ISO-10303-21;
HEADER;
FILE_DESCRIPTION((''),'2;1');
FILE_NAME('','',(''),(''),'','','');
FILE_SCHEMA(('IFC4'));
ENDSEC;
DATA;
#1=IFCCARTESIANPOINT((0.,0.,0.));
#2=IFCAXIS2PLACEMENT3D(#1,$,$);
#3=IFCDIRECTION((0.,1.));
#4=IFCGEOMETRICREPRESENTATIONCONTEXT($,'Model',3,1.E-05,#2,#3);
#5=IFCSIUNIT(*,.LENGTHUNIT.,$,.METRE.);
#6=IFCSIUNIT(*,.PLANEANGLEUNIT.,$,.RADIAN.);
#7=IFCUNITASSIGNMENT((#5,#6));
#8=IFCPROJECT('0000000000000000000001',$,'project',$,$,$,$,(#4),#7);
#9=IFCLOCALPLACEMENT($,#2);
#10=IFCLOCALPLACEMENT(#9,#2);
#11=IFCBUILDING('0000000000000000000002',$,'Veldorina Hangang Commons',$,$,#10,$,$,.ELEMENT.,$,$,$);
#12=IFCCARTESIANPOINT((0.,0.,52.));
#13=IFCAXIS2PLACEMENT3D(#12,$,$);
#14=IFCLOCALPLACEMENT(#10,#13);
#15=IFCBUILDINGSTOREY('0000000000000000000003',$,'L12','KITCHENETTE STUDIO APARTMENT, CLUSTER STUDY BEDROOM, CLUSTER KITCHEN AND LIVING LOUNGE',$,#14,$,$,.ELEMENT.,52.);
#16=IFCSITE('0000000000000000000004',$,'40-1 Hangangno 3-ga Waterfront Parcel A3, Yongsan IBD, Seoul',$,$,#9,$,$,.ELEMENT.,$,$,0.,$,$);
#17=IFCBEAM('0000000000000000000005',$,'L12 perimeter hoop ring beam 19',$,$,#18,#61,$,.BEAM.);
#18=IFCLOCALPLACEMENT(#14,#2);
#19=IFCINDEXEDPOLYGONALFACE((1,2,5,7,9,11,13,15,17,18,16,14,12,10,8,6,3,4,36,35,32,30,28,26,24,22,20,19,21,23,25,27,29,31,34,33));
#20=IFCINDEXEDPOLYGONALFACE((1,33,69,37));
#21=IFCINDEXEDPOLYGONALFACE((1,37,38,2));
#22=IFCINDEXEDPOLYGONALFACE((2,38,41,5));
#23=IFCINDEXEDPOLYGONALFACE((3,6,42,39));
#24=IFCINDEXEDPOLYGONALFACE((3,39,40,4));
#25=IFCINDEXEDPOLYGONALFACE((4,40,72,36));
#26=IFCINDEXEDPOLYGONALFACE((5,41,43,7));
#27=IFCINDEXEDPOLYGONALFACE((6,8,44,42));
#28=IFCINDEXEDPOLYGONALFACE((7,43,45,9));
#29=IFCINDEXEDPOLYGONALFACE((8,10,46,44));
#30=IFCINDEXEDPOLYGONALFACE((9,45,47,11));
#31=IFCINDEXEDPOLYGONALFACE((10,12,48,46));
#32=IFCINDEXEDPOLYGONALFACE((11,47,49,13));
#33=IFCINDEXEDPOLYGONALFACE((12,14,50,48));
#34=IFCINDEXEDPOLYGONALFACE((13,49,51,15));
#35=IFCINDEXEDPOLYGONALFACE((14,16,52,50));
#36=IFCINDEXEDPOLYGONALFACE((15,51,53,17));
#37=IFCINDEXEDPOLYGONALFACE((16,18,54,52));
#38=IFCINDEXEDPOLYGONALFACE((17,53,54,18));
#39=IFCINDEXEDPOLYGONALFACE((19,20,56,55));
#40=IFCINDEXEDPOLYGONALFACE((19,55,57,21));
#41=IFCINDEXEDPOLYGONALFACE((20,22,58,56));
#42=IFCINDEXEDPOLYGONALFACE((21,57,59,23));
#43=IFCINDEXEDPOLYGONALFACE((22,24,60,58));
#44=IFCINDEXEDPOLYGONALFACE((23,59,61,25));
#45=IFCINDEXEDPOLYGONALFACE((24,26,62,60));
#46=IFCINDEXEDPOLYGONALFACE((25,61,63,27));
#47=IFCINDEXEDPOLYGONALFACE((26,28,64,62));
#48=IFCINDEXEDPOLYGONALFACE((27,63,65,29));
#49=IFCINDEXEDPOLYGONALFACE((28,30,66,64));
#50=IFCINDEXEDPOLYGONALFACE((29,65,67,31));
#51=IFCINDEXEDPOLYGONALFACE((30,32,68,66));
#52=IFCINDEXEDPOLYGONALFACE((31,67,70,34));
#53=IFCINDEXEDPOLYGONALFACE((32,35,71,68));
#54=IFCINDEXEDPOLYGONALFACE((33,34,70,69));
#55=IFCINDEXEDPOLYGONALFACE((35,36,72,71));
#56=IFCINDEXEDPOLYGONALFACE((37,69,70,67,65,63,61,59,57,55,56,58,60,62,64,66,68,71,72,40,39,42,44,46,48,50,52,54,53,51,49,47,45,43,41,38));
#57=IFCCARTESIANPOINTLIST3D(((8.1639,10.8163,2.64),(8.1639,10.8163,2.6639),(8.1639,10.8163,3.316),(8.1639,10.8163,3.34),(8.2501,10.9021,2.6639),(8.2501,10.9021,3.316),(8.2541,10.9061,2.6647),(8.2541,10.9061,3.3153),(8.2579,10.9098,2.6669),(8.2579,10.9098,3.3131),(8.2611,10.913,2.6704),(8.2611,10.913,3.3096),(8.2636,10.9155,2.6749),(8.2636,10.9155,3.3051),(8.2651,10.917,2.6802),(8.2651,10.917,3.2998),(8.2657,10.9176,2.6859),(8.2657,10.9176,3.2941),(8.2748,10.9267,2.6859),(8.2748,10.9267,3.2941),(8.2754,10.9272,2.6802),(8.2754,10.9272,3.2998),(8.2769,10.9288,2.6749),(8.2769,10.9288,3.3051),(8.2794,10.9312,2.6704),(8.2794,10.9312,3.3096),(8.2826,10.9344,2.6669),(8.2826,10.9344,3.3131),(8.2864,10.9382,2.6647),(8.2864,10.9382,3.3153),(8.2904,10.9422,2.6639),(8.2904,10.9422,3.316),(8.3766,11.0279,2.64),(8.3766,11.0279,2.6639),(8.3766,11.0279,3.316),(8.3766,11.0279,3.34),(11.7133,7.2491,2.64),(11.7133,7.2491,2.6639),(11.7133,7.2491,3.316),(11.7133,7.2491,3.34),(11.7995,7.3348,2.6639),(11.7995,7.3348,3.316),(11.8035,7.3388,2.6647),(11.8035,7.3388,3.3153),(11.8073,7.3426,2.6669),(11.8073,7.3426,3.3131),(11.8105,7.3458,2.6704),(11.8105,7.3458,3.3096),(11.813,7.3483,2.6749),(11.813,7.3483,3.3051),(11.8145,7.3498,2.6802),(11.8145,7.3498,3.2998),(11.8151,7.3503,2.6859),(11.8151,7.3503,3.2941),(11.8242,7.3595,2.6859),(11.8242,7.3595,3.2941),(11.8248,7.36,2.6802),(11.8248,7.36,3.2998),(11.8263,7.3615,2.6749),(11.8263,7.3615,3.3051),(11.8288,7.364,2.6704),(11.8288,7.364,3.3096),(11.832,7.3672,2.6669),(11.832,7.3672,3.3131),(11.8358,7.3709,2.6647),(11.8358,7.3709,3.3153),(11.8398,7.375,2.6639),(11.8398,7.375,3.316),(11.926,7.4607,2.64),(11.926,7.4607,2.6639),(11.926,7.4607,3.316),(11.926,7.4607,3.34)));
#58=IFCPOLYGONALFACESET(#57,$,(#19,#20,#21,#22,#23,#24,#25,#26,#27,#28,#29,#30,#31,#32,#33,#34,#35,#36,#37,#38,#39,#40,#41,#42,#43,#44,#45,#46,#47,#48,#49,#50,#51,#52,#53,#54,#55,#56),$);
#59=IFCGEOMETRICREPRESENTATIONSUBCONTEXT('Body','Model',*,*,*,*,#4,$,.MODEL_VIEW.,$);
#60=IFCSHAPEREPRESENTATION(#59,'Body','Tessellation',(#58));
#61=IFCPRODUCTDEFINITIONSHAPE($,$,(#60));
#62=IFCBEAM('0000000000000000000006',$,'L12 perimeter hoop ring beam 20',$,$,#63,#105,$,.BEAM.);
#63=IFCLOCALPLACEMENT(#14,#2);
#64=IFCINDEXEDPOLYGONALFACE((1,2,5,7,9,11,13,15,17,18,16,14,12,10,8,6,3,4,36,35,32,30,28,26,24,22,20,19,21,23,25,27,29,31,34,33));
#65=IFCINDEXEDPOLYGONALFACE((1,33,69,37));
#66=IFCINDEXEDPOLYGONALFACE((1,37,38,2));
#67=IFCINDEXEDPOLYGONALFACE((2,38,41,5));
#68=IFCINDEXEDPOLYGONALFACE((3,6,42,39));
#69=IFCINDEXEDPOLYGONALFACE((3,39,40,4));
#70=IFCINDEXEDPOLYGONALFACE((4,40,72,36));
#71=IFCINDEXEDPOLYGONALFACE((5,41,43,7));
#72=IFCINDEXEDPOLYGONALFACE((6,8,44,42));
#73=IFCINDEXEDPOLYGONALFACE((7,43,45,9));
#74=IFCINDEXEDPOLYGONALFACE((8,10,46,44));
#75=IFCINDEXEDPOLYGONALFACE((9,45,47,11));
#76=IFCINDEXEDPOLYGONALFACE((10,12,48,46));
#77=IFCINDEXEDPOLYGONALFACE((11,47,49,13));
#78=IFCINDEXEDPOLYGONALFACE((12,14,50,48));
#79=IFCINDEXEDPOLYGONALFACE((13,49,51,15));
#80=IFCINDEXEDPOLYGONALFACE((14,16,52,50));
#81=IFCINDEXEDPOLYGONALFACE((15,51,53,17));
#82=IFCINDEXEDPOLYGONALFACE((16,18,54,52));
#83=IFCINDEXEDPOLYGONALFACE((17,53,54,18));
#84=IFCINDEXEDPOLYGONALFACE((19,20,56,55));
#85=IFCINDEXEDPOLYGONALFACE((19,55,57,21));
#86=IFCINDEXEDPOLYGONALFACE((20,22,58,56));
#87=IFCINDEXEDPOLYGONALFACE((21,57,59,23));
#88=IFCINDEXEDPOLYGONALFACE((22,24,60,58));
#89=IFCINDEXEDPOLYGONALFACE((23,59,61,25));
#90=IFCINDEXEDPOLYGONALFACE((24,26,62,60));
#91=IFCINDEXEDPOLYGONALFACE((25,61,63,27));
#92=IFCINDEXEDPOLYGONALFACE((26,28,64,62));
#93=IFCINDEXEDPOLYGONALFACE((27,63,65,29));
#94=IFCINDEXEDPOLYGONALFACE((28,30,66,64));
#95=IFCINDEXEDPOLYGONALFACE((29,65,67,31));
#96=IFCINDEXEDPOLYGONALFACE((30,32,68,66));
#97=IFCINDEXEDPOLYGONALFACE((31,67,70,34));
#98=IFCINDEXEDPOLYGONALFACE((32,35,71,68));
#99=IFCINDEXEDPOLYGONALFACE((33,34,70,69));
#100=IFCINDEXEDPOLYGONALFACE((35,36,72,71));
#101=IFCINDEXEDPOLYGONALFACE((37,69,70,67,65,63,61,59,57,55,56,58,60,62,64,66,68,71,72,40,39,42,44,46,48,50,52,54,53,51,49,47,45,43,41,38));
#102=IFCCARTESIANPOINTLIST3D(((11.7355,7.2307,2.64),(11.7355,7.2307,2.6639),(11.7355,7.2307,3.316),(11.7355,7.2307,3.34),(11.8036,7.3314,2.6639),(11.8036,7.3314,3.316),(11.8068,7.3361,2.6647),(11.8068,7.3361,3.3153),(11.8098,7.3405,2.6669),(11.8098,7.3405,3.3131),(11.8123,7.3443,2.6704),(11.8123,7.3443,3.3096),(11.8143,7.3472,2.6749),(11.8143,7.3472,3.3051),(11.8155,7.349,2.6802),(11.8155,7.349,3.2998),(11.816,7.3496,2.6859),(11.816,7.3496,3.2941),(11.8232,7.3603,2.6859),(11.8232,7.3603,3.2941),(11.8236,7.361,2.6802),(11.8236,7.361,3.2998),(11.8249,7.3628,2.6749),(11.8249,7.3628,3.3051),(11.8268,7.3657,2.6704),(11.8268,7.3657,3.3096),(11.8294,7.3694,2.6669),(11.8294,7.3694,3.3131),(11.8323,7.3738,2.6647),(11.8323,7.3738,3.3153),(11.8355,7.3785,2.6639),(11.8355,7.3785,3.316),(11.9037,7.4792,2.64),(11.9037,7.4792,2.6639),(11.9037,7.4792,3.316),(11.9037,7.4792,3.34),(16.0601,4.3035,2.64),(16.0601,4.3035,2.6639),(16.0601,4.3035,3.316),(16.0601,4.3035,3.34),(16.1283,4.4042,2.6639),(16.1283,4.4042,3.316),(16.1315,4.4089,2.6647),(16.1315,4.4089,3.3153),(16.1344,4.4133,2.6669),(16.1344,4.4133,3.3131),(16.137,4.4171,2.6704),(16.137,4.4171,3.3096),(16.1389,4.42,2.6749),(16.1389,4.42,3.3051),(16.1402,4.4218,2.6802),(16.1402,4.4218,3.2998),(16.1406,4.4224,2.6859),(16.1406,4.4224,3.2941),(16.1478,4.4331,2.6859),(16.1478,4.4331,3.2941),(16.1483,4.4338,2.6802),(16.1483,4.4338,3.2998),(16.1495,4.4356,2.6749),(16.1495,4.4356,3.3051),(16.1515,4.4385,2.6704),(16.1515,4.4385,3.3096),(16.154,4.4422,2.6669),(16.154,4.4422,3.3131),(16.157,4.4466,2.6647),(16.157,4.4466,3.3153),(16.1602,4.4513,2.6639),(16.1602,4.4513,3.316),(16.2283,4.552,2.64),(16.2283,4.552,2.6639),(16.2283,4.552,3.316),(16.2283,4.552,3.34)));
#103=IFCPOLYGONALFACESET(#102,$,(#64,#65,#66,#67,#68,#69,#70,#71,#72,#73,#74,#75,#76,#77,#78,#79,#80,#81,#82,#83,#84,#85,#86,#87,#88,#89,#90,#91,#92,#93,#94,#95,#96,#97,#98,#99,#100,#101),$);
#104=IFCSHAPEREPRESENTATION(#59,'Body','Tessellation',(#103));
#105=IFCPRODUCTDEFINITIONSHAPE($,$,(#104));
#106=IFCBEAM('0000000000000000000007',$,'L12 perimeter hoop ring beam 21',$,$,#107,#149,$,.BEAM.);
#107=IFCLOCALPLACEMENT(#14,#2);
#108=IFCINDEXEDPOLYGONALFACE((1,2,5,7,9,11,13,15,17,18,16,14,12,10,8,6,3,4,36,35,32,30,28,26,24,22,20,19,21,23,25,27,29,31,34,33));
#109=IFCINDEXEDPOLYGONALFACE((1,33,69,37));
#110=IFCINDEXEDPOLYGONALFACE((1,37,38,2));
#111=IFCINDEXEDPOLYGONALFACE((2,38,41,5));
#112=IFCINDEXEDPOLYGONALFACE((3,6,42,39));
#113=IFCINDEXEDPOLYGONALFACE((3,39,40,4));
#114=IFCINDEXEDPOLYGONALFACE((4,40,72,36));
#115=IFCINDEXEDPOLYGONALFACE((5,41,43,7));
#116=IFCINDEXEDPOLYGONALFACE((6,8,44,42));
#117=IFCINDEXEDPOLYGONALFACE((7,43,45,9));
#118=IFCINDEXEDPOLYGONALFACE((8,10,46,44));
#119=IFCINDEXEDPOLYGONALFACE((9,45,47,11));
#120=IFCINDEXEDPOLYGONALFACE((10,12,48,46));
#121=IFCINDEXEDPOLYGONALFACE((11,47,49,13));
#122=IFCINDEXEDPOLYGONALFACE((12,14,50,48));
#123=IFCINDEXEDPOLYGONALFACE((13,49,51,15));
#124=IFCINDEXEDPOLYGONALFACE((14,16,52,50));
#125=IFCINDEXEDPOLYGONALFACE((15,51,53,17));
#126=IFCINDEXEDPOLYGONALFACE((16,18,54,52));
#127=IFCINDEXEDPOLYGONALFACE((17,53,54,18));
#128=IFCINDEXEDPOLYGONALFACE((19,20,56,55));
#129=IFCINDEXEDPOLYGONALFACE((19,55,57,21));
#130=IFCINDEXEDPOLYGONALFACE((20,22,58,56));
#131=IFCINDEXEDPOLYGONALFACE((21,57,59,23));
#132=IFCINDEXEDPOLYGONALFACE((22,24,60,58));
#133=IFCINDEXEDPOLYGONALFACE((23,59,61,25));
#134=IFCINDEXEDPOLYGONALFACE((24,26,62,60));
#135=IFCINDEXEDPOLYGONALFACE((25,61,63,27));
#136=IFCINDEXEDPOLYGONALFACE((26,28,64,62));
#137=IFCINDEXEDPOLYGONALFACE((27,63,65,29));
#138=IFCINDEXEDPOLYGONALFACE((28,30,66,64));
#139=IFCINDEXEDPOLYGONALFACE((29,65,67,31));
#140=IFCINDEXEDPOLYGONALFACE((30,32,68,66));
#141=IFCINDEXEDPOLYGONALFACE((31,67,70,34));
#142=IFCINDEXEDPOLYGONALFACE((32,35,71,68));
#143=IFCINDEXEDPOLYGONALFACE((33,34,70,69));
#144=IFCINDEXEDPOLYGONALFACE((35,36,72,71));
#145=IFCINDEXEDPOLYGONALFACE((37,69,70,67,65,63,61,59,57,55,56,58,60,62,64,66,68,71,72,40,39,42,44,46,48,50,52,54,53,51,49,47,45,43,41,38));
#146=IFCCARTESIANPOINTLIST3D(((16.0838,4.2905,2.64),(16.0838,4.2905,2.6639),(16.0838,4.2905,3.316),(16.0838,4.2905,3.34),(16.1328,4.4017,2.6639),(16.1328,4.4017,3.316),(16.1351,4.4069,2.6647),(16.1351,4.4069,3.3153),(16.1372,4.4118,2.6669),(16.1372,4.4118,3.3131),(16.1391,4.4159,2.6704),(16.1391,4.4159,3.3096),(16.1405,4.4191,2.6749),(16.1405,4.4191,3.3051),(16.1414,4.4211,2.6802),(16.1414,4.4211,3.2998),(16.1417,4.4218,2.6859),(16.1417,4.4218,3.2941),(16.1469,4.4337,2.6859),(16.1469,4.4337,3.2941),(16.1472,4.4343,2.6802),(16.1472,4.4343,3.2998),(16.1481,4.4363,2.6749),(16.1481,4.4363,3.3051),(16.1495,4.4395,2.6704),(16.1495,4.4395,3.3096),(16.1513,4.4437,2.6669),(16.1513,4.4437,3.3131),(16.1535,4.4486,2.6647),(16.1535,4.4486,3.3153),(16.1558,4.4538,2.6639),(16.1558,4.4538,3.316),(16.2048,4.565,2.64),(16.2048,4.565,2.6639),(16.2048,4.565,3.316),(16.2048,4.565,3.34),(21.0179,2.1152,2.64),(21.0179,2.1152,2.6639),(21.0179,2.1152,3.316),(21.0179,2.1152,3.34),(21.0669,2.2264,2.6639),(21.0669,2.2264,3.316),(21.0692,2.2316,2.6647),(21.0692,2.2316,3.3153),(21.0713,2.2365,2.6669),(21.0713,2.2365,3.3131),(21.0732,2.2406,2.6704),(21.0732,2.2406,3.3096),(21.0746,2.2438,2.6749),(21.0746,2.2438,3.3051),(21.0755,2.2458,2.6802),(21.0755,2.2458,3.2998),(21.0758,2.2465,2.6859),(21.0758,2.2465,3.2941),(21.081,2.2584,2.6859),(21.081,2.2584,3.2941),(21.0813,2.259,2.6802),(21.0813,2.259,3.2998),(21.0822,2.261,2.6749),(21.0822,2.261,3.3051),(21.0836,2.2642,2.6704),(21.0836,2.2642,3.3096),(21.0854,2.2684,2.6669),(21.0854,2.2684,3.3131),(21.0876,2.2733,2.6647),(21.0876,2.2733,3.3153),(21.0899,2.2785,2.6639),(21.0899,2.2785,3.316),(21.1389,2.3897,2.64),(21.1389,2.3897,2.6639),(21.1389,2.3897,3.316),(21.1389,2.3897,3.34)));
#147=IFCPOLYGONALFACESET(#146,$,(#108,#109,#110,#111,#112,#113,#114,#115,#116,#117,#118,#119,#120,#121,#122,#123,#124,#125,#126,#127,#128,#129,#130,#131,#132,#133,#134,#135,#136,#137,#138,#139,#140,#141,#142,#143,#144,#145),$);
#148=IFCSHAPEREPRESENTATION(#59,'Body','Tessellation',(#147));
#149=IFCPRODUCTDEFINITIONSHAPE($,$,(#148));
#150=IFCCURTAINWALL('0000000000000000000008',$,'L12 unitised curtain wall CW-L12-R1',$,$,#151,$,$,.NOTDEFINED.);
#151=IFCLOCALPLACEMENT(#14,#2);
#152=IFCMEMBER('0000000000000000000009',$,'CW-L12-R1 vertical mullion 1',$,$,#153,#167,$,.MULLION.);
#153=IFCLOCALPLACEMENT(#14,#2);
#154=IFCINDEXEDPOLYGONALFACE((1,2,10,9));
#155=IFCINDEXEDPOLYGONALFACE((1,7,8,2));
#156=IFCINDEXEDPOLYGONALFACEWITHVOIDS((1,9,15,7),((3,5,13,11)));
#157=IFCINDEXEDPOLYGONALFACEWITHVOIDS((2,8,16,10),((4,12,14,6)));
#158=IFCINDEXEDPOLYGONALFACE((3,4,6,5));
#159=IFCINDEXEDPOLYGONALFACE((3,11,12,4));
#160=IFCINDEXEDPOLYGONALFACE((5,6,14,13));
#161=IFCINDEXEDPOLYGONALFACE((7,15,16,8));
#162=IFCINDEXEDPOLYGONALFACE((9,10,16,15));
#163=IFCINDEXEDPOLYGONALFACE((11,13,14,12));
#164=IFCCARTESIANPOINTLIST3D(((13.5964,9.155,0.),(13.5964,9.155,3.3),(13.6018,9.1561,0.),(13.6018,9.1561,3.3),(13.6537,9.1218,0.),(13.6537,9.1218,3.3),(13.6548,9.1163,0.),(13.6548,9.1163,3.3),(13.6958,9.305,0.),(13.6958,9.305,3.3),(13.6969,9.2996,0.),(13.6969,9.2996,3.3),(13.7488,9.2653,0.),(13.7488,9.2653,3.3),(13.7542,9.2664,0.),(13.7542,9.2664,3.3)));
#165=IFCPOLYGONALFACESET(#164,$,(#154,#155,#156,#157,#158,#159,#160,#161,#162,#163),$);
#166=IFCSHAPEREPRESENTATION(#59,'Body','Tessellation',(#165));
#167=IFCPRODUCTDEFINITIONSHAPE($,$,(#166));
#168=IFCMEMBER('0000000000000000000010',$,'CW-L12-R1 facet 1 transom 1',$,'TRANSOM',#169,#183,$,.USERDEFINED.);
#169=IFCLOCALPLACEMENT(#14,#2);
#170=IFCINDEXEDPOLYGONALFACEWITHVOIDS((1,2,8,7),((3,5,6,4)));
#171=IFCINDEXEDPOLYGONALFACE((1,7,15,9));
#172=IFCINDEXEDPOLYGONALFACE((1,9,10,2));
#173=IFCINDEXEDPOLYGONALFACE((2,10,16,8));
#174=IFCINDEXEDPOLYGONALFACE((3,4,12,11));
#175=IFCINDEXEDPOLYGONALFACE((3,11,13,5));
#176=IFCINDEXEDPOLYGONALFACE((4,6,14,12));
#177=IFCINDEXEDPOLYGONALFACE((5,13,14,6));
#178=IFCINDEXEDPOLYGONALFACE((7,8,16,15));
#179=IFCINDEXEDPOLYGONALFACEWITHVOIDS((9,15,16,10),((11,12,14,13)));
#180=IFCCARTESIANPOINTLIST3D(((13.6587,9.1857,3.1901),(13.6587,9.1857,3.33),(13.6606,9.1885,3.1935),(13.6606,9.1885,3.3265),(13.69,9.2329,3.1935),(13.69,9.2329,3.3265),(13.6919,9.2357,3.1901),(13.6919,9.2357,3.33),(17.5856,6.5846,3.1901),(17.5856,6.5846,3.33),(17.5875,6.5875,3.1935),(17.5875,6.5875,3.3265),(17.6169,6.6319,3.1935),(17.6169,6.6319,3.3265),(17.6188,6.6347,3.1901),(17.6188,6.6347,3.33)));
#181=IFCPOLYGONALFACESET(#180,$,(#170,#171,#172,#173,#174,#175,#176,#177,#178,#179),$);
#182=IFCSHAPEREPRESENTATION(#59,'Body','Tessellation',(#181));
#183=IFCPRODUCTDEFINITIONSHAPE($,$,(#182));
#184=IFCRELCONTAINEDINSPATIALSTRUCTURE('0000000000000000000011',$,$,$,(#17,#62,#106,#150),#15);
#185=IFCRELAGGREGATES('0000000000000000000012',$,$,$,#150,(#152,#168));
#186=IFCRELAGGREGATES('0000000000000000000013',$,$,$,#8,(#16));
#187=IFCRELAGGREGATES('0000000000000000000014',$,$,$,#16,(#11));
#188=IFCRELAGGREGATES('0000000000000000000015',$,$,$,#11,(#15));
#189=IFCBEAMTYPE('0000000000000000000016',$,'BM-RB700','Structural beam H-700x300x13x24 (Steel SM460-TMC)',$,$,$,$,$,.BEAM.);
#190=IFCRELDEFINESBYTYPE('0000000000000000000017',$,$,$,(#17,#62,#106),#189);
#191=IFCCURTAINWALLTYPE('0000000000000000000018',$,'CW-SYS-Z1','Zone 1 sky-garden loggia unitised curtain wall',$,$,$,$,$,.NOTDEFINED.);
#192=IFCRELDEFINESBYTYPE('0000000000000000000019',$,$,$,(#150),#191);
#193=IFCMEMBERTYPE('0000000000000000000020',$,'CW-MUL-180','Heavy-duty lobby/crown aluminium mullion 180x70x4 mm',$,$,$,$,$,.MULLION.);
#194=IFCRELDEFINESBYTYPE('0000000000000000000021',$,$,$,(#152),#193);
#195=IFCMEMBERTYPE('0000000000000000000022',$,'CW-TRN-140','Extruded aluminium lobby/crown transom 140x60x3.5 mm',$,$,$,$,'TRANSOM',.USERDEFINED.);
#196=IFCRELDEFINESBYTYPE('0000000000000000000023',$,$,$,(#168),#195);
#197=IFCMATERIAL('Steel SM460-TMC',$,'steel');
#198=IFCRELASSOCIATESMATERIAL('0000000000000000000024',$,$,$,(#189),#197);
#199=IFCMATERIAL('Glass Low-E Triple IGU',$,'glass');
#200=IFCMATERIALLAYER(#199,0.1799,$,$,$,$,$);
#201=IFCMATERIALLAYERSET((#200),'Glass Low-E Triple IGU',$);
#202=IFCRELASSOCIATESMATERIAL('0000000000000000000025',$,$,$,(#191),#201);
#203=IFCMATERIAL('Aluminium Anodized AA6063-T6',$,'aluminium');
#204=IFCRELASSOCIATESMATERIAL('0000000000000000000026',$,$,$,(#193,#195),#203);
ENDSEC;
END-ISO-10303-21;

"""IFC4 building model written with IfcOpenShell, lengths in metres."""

from ifc_helpers import new_model, si_unit, direction, frame, origin, origin_2d, place, context, subcontext, project, spatial, hollow_rectangle, i_section, extrude, material, layer, layer_set, material_profile, profile_set, type_object, element, aggregate, save


model = new_model("IFC4")

# Units and contexts
model_context = context("Model", 3, precision=1e-05, world=origin(), true_north=direction((0.0, 1.0)))
body_context = subcontext(model_context, "Body", "Model", "MODEL_VIEW")
ifc_project = project(units=[si_unit("LENGTHUNIT", "METRE"), si_unit("PLANEANGLEUNIT", "RADIAN")], contexts=[model_context])

# Site, building, storey
site_placement = place(None, origin())
site = spatial("IfcSite", under=ifc_project, at=site_placement, Name="40-1 Hangangno 3-ga Waterfront Parcel A3, Yongsan IBD, Seoul", CompositionType="ELEMENT", RefElevation=0.0)
building_placement = place(site_placement, origin())
building = spatial("IfcBuilding", under=site, at=building_placement, Name="Veldorina Hangang Commons", CompositionType="ELEMENT")
storey_placement = place(building_placement, frame((0.0, 0.0, 52.0)))
storey = spatial("IfcBuildingStorey", under=building, at=storey_placement, Name="L12", Description="KITCHENETTE STUDIO APARTMENT, CLUSTER STUDY BEDROOM, CLUSTER KITCHEN AND LIVING LOUNGE", CompositionType="ELEMENT", Elevation=52.0)

# Beams
ifc_material_1 = material(Name="Steel SM460-TMC", Category="steel")
ifc_material_profile_1 = material_profile(ifc_material_1, i_section(OverallWidth=0.3, OverallDepth=0.7, WebThickness=0.0129, FlangeThickness=0.0239, FilletRadius=0.022, at=origin_2d()), Name="H-700x300x13x24")
ifc_profile_set_1 = profile_set([ifc_material_profile_1], Name="Steel SM460-TMC")
beam_type = type_object("IfcBeamType", Name="BM-RB700", Description="Structural beam H-700x300x13x24 (Steel SM460-TMC)", PredefinedType="BEAM", material=ifc_profile_set_1)
beam_1_placement = place(storey_placement, frame((8.2703, 10.9221, 2.99), z_axis=(0.705334, -0.708875, 0.0), x_axis=(0.708875, 0.705334, 0.0)))
element("IfcBeam", 1, at=beam_1_placement, inside=storey, type_object=beam_type, Name="L12 perimeter hoop ring beam 19", PredefinedType="BEAM", context=body_context, shape_type="SweptSolid", body=[
    extrude(i_section(OverallWidth=0.3, OverallDepth=0.7, WebThickness=0.0129, FlangeThickness=0.0239, FilletRadius=0.022, at=origin_2d()), origin(), (0.0, 0.0, 1.0), 5.0322),
])
beam_2_placement = place(storey_placement, frame((11.8196, 7.355, 2.99), z_axis=(0.828132, -0.560534, 0.0), x_axis=(0.560534, 0.828132, 0.0)))
element("IfcBeam", 2, at=beam_2_placement, inside=storey, type_object=beam_type, Name="L12 perimeter hoop ring beam 20", PredefinedType="BEAM", context=body_context, shape_type="SweptSolid", body=[
    extrude(i_section(OverallWidth=0.3, OverallDepth=0.7, WebThickness=0.0129, FlangeThickness=0.0239, FilletRadius=0.022, at=origin_2d()), origin(), (0.0, 0.0, 1.0), 5.2222),
])
beam_3_placement = place(storey_placement, frame((16.1443, 4.4277, 2.99), z_axis=(0.915021, -0.403406, 0.0), x_axis=(0.403406, 0.915021, 0.0)))
element("IfcBeam", 3, at=beam_3_placement, inside=storey, type_object=beam_type, Name="L12 perimeter hoop ring beam 21", PredefinedType="BEAM", context=body_context, shape_type="SweptSolid", body=[
    extrude(i_section(OverallWidth=0.3, OverallDepth=0.7, WebThickness=0.0129, FlangeThickness=0.0239, FilletRadius=0.022, at=origin_2d()), origin(), (0.0, 0.0, 1.0), 5.3923),
])

# Curtain wall, members
ifc_material_2 = material(Name="Glass Low-E Triple IGU", Category="glass")
ifc_layer_1 = layer(ifc_material_2, 0.1799)
ifc_layer_set_1 = layer_set([ifc_layer_1], Name="Glass Low-E Triple IGU")
curtain_wall_type = type_object("IfcCurtainWallType", Name="CW-SYS-Z1", Description="Zone 1 sky-garden loggia unitised curtain wall", PredefinedType="NOTDEFINED", material=ifc_layer_set_1)
curtain_wall_placement = place(storey_placement, origin())
curtain_wall = element("IfcCurtainWall", 4, at=curtain_wall_placement, inside=storey, type_object=curtain_wall_type, Name="L12 unitised curtain wall CW-L12-R1", PredefinedType="NOTDEFINED")
ifc_material_3 = material(Name="Aluminium Anodized AA6063-T6", Category="aluminium")
ifc_material_profile_2 = material_profile(ifc_material_3, hollow_rectangle(XDim=0.0701, YDim=0.1799, WallThickness=0.0039, at=origin_2d()), Name="ALU-RHS-180x70x4")
ifc_profile_set_2 = profile_set([ifc_material_profile_2], Name="Aluminium Anodized AA6063-T6")
member_type_1 = type_object("IfcMemberType", Name="CW-MUL-180", Description="Heavy-duty lobby/crown aluminium mullion 180x70x4 mm", PredefinedType="MULLION", material=ifc_profile_set_2)
member_1_placement = place(storey_placement, frame((13.6753, 9.2107, 0.0), z_axis=(0.0, 0.0, 1.0), x_axis=(0.833712, -0.552199, 0.0)))
member_1 = element("IfcMember", 5, at=member_1_placement, type_object=member_type_1, Name="CW-L12-R1 vertical mullion 1", PredefinedType="MULLION", context=body_context, shape_type="SweptSolid", body=[
    extrude(hollow_rectangle(XDim=0.0701, YDim=0.1799, WallThickness=0.0039, at=origin_2d()), origin(), (0.0, 0.0, 1.0), 3.3),
])
ifc_material_profile_3 = material_profile(ifc_material_3, hollow_rectangle(XDim=0.0601, YDim=0.1399, WallThickness=0.0034, at=origin_2d()), Name="ALU-RHS-140x60x3.5")
ifc_profile_set_3 = profile_set([ifc_material_profile_3], Name="Aluminium Anodized AA6063-T6")
member_type_2 = type_object("IfcMemberType", Name="CW-TRN-140", Description="Extruded aluminium lobby/crown transom 140x60x3.5 mm", ElementType="TRANSOM", PredefinedType="USERDEFINED", material=ifc_profile_set_3)
member_2_placement = place(storey_placement, frame((13.6753, 9.2107, 3.26), z_axis=(0.833705, -0.55221, 0.0), x_axis=(0.55221, 0.833705, 0.0)))
member_2 = element("IfcMember", 6, at=member_2_placement, type_object=member_type_2, Name="CW-L12-R1 facet 1 transom 1", ObjectType="TRANSOM", PredefinedType="USERDEFINED", context=body_context, shape_type="SweptSolid", body=[
    extrude(hollow_rectangle(XDim=0.0601, YDim=0.1399, WallThickness=0.0034, at=origin_2d()), origin(), (0.0, 0.0, 1.0), 4.7102),
])

aggregate(curtain_wall, [member_1, member_2])

save(model, "model.ifc")
